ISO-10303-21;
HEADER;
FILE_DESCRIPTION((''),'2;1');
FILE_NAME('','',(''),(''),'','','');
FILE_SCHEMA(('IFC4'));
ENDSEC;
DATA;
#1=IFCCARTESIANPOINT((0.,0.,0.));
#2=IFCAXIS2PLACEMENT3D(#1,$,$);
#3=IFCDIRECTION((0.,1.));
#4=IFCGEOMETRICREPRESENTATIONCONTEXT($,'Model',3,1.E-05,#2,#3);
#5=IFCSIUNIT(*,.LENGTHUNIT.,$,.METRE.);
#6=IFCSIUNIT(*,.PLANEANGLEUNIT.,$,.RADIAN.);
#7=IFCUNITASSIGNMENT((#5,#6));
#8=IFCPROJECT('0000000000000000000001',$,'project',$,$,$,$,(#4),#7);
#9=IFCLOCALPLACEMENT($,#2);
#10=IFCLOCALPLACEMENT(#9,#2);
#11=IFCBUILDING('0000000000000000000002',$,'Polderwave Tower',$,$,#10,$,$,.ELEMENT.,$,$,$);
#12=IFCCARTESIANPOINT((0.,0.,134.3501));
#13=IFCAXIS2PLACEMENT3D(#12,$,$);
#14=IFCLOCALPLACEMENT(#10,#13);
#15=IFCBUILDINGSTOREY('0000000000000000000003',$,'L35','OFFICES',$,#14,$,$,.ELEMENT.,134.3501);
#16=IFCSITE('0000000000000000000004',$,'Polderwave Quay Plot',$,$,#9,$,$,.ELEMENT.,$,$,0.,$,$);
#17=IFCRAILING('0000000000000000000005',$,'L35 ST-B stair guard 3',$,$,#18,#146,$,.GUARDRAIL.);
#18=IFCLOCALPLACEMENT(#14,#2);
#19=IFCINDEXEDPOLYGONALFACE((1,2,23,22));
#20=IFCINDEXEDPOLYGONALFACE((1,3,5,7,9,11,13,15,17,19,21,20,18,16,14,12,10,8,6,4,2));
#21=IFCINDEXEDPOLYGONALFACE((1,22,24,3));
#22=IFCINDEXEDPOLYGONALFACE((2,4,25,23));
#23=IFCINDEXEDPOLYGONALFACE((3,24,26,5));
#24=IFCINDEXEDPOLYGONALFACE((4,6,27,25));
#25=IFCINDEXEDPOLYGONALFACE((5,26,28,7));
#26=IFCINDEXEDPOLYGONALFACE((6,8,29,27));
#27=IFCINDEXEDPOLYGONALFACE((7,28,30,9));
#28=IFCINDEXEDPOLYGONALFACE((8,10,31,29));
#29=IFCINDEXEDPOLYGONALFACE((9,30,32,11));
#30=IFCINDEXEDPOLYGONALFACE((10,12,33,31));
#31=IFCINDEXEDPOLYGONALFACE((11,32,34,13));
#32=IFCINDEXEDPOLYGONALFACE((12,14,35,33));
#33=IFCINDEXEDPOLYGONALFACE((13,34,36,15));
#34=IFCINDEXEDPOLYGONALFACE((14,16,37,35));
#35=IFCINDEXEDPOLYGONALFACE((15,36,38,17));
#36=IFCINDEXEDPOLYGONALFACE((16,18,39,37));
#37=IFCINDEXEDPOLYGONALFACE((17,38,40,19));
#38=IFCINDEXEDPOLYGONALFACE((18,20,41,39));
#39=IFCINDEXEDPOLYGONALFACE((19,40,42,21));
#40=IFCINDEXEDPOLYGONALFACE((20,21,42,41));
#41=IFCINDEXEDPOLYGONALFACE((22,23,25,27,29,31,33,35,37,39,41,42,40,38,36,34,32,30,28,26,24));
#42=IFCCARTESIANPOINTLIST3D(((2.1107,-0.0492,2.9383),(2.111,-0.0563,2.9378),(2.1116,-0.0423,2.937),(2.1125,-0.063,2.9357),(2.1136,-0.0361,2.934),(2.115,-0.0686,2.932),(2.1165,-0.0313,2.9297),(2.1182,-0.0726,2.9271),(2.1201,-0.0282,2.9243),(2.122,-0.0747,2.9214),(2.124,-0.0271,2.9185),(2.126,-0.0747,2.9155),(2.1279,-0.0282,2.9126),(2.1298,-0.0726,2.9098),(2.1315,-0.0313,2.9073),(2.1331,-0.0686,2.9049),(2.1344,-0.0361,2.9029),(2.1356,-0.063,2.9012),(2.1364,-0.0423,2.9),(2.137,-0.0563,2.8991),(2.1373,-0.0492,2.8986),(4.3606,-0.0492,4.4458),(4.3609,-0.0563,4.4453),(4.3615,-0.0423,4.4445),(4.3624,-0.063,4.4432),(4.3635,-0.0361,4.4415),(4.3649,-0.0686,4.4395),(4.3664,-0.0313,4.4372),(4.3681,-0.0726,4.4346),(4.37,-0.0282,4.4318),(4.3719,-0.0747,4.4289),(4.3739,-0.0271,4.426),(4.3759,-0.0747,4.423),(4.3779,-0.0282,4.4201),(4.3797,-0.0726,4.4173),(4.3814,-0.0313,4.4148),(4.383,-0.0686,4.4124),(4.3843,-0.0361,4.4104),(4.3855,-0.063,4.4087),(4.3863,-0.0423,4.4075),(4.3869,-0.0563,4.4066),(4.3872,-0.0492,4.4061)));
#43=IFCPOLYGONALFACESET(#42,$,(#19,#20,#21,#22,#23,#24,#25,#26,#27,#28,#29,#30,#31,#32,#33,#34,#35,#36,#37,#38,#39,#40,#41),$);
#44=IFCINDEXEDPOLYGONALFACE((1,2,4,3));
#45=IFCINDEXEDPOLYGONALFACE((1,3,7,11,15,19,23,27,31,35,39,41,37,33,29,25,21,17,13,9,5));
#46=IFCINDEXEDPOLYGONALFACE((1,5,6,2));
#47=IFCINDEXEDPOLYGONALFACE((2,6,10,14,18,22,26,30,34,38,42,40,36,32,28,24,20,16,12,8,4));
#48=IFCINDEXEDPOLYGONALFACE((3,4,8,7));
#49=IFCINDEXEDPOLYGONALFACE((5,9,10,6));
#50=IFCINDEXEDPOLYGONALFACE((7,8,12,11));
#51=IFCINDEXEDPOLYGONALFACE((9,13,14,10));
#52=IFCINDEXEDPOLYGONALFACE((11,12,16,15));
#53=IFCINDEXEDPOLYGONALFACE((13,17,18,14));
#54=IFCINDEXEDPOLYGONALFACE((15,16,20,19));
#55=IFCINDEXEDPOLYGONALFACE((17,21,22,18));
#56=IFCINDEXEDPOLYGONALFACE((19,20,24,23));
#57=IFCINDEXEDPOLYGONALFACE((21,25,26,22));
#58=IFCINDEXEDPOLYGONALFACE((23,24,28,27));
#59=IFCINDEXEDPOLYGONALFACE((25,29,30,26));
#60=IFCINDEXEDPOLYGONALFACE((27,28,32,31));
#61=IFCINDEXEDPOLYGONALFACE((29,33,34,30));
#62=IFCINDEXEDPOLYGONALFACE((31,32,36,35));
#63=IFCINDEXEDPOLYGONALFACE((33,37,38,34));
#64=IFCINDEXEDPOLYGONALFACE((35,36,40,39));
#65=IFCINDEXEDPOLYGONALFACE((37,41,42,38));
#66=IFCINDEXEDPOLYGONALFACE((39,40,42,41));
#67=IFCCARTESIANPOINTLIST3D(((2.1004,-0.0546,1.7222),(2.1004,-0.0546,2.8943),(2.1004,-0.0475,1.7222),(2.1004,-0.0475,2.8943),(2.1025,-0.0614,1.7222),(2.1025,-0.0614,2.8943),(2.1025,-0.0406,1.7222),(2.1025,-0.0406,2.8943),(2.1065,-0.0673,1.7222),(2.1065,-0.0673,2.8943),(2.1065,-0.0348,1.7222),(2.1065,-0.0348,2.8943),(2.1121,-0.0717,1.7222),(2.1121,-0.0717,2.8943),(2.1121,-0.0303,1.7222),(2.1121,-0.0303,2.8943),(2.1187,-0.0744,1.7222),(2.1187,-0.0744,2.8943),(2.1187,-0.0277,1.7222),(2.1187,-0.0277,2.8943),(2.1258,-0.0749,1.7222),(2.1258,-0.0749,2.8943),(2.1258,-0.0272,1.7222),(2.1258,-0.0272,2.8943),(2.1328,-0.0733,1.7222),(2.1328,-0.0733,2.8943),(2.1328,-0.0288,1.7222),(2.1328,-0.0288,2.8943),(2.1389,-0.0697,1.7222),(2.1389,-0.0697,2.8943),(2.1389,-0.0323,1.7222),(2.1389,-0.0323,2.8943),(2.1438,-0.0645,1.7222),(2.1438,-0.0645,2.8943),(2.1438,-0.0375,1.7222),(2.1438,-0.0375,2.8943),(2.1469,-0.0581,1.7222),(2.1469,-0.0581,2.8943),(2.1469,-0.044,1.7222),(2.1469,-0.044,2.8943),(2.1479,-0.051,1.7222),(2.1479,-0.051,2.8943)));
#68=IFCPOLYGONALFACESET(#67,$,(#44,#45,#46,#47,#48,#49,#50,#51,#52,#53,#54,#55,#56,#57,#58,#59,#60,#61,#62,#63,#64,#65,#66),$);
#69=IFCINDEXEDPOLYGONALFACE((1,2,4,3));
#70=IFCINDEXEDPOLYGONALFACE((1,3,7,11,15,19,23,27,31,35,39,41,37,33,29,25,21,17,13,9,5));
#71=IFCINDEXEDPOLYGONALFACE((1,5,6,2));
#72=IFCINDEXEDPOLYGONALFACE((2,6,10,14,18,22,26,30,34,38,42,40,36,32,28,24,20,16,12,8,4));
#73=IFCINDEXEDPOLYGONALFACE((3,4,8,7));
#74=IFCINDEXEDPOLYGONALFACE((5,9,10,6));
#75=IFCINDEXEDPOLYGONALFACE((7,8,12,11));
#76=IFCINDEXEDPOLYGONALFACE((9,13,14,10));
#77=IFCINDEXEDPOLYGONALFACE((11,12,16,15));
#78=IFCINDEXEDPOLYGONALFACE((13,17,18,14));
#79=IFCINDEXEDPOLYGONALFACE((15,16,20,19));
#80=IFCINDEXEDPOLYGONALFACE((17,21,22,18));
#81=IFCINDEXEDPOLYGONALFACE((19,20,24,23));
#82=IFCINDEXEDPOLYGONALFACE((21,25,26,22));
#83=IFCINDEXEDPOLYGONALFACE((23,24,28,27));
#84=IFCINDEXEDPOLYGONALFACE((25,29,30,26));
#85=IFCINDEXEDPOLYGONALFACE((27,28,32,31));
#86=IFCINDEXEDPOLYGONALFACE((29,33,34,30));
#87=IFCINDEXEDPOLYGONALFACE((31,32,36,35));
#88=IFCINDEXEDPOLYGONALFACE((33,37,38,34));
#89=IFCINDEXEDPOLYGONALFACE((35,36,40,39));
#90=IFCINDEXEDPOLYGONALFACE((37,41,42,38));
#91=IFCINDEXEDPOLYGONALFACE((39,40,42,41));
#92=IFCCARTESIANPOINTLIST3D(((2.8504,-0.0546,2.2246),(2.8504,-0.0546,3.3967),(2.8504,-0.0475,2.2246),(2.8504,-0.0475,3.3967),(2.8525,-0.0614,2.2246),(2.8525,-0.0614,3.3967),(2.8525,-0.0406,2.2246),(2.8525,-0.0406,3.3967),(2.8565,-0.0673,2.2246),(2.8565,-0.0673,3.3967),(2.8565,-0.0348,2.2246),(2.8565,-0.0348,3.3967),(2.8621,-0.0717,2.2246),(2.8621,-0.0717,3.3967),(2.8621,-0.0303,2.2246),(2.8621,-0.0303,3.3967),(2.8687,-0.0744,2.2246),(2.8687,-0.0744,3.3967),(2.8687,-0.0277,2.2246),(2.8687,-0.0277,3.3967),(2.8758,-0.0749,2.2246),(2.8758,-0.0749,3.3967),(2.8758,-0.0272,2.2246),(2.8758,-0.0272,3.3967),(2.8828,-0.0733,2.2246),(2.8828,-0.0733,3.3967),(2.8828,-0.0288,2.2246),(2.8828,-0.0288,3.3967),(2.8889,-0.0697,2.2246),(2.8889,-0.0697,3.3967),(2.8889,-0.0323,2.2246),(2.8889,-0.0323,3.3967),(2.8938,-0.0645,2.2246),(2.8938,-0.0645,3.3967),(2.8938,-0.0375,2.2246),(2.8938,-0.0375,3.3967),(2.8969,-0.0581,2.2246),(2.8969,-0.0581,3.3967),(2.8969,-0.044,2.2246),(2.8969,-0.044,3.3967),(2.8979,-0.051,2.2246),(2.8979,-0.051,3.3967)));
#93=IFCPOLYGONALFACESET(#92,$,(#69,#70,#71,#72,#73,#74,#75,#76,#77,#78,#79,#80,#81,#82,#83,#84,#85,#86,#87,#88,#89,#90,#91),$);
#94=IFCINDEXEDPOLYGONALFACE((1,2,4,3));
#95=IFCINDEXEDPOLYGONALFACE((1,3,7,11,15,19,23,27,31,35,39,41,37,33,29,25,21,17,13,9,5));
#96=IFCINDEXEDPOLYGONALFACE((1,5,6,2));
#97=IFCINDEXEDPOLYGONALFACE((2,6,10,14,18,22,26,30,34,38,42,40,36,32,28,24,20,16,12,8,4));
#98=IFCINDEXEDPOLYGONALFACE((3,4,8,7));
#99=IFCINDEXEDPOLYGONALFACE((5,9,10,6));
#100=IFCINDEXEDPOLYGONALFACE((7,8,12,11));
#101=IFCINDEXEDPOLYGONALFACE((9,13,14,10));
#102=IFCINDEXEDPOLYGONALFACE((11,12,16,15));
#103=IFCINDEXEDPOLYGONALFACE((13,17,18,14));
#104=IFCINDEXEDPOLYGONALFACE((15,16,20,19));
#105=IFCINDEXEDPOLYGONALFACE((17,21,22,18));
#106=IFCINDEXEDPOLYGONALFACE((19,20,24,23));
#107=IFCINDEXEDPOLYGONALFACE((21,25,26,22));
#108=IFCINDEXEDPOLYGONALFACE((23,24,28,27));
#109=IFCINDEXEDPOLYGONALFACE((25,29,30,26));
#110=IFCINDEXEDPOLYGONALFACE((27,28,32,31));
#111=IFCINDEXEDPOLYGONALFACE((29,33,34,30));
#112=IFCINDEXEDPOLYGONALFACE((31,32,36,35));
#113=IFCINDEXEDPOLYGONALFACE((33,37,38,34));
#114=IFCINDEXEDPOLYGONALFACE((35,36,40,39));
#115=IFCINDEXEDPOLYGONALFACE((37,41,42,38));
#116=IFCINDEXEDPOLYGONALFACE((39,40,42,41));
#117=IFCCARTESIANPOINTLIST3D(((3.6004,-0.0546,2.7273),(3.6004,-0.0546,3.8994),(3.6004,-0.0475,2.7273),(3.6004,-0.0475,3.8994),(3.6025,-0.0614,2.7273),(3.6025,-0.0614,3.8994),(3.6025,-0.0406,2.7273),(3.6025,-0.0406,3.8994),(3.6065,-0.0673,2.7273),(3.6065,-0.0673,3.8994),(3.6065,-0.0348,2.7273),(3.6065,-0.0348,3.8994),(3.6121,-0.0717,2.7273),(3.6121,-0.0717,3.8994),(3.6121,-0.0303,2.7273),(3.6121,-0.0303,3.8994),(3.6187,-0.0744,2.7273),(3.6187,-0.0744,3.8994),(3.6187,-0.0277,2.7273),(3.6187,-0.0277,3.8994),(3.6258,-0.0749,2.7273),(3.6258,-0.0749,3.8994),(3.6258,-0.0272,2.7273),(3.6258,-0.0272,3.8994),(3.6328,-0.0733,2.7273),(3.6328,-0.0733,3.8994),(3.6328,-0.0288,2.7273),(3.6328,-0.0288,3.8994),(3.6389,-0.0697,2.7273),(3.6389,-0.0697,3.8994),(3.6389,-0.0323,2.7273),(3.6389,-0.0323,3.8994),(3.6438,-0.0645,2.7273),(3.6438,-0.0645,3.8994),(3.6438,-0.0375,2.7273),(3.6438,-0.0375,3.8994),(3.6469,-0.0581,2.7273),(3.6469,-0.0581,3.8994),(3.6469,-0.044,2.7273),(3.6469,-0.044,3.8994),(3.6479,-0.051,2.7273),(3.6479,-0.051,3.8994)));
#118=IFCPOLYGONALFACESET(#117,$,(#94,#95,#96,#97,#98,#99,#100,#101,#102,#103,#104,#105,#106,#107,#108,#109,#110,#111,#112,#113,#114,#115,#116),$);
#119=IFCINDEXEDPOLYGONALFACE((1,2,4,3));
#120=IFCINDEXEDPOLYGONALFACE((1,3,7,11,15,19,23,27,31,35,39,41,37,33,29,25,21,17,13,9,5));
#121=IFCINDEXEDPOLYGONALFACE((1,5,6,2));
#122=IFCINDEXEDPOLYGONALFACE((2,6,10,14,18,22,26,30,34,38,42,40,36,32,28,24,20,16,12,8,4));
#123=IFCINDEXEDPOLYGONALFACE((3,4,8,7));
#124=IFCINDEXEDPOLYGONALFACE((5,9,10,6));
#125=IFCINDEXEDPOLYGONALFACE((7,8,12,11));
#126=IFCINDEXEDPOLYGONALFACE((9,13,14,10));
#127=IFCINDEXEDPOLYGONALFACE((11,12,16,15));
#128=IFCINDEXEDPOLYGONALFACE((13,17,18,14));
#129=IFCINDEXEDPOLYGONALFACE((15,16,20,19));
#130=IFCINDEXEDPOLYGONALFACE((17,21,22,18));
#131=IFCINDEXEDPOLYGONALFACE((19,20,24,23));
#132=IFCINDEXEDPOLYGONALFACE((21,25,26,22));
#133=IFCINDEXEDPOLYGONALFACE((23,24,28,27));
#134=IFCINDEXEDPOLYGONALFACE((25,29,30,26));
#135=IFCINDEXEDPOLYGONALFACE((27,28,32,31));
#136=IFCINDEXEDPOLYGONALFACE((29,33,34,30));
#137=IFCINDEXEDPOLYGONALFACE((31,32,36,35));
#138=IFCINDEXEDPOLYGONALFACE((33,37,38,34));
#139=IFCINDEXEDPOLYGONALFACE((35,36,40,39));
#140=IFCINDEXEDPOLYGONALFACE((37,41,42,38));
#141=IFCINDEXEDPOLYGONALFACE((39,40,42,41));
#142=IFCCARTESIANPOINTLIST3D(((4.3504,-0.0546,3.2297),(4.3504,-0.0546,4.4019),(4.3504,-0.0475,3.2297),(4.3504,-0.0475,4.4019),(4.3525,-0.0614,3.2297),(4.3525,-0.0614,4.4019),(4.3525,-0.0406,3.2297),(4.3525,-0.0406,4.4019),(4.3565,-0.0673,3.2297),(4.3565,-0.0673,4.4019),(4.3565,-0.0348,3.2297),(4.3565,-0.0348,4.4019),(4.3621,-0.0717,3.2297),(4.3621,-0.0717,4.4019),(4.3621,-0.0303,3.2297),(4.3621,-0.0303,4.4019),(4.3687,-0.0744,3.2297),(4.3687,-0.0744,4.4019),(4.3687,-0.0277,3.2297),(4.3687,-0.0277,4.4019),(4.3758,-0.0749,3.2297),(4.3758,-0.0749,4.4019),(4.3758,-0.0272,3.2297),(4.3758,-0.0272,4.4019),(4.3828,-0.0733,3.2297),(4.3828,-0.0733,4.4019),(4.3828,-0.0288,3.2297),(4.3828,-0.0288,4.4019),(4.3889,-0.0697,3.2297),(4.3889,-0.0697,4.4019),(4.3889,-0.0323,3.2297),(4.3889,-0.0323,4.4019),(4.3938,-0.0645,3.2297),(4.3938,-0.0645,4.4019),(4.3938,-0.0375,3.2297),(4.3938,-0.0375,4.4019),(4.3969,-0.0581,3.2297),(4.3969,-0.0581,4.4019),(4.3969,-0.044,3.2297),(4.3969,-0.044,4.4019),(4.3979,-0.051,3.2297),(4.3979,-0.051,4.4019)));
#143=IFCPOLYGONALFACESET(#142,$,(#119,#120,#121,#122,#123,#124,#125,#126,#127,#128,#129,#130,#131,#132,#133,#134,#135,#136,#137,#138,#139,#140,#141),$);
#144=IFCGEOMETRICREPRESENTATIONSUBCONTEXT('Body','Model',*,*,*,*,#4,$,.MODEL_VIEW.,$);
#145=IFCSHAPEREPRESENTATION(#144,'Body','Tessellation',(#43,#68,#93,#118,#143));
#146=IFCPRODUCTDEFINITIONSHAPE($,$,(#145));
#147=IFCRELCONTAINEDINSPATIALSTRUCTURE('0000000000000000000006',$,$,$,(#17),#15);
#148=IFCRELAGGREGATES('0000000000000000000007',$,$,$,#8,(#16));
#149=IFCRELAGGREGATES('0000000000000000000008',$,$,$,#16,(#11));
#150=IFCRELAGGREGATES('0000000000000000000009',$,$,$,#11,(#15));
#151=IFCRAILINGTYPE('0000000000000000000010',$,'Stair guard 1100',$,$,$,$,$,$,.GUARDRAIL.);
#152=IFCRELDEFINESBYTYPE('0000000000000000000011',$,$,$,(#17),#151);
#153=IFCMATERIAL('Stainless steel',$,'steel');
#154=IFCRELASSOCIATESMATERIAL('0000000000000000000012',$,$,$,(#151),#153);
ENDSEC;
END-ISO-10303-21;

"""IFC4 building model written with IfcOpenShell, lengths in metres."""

from ifc_helpers import new_model, si_unit, direction, frame, origin, origin_2d, place, context, subcontext, project, spatial, circle, extrude, material, type_object, element, save


model = new_model("IFC4")

# Units and contexts
model_context = context("Model", 3, precision=1e-05, world=origin(), true_north=direction((0.0, 1.0)))
body_context = subcontext(model_context, "Body", "Model", "MODEL_VIEW")
ifc_project = project(units=[si_unit("LENGTHUNIT", "METRE"), si_unit("PLANEANGLEUNIT", "RADIAN")], contexts=[model_context])

# Site, building, storey
site_placement = place(None, origin())
site = spatial("IfcSite", under=ifc_project, at=site_placement, Name="Polderwave Quay Plot", CompositionType="ELEMENT", RefElevation=0.0)
building_placement = place(site_placement, origin())
building = spatial("IfcBuilding", under=site, at=building_placement, Name="Polderwave Tower", CompositionType="ELEMENT")
storey_placement = place(building_placement, frame((0.0, 0.0, 134.3501)))
storey = spatial("IfcBuildingStorey", under=building, at=storey_placement, Name="L35", Description="OFFICES", CompositionType="ELEMENT", Elevation=134.3501)

# Railing
ifc_material_1 = material(Name="Stainless steel", Category="steel")
railing_type_1 = type_object("IfcRailingType", Name="Stair guard 1100", PredefinedType="GUARDRAIL", material=ifc_material_1)
railing_1_placement = place(storey_placement, frame((2.124, -0.051, 1.7222)))
element("IfcRailing", 1, at=railing_1_placement, inside=storey, type_object=railing_type_1, Name="L35 ST-B stair guard 3", PredefinedType="GUARDRAIL", context=body_context, shape_type="SweptSolid", body=[
    extrude(circle(Radius=0.0239, at=origin_2d()), frame((0.0, 0.0, 1.1963), z_axis=(0.830758, 0.0, 0.556633), x_axis=(0.0, 1.0, 0.0)), (0.0, 0.0, 1.0), 2.7083),
    extrude(circle(Radius=0.0239, at=origin_2d()), origin(), (0.0, 0.0, 1.0), 1.1721),
    extrude(circle(Radius=0.0239, at=origin_2d()), frame((0.75, 0.0, 0.5024)), (0.0, 0.0, 1.0), 1.1721),
    extrude(circle(Radius=0.0239, at=origin_2d()), frame((1.5, 0.0, 1.0051)), (0.0, 0.0, 1.0), 1.1721),
    extrude(circle(Radius=0.0239, at=origin_2d()), frame((2.25, 0.0, 1.5076)), (0.0, 0.0, 1.0), 1.1721),
])

save(model, "model.ifc")
